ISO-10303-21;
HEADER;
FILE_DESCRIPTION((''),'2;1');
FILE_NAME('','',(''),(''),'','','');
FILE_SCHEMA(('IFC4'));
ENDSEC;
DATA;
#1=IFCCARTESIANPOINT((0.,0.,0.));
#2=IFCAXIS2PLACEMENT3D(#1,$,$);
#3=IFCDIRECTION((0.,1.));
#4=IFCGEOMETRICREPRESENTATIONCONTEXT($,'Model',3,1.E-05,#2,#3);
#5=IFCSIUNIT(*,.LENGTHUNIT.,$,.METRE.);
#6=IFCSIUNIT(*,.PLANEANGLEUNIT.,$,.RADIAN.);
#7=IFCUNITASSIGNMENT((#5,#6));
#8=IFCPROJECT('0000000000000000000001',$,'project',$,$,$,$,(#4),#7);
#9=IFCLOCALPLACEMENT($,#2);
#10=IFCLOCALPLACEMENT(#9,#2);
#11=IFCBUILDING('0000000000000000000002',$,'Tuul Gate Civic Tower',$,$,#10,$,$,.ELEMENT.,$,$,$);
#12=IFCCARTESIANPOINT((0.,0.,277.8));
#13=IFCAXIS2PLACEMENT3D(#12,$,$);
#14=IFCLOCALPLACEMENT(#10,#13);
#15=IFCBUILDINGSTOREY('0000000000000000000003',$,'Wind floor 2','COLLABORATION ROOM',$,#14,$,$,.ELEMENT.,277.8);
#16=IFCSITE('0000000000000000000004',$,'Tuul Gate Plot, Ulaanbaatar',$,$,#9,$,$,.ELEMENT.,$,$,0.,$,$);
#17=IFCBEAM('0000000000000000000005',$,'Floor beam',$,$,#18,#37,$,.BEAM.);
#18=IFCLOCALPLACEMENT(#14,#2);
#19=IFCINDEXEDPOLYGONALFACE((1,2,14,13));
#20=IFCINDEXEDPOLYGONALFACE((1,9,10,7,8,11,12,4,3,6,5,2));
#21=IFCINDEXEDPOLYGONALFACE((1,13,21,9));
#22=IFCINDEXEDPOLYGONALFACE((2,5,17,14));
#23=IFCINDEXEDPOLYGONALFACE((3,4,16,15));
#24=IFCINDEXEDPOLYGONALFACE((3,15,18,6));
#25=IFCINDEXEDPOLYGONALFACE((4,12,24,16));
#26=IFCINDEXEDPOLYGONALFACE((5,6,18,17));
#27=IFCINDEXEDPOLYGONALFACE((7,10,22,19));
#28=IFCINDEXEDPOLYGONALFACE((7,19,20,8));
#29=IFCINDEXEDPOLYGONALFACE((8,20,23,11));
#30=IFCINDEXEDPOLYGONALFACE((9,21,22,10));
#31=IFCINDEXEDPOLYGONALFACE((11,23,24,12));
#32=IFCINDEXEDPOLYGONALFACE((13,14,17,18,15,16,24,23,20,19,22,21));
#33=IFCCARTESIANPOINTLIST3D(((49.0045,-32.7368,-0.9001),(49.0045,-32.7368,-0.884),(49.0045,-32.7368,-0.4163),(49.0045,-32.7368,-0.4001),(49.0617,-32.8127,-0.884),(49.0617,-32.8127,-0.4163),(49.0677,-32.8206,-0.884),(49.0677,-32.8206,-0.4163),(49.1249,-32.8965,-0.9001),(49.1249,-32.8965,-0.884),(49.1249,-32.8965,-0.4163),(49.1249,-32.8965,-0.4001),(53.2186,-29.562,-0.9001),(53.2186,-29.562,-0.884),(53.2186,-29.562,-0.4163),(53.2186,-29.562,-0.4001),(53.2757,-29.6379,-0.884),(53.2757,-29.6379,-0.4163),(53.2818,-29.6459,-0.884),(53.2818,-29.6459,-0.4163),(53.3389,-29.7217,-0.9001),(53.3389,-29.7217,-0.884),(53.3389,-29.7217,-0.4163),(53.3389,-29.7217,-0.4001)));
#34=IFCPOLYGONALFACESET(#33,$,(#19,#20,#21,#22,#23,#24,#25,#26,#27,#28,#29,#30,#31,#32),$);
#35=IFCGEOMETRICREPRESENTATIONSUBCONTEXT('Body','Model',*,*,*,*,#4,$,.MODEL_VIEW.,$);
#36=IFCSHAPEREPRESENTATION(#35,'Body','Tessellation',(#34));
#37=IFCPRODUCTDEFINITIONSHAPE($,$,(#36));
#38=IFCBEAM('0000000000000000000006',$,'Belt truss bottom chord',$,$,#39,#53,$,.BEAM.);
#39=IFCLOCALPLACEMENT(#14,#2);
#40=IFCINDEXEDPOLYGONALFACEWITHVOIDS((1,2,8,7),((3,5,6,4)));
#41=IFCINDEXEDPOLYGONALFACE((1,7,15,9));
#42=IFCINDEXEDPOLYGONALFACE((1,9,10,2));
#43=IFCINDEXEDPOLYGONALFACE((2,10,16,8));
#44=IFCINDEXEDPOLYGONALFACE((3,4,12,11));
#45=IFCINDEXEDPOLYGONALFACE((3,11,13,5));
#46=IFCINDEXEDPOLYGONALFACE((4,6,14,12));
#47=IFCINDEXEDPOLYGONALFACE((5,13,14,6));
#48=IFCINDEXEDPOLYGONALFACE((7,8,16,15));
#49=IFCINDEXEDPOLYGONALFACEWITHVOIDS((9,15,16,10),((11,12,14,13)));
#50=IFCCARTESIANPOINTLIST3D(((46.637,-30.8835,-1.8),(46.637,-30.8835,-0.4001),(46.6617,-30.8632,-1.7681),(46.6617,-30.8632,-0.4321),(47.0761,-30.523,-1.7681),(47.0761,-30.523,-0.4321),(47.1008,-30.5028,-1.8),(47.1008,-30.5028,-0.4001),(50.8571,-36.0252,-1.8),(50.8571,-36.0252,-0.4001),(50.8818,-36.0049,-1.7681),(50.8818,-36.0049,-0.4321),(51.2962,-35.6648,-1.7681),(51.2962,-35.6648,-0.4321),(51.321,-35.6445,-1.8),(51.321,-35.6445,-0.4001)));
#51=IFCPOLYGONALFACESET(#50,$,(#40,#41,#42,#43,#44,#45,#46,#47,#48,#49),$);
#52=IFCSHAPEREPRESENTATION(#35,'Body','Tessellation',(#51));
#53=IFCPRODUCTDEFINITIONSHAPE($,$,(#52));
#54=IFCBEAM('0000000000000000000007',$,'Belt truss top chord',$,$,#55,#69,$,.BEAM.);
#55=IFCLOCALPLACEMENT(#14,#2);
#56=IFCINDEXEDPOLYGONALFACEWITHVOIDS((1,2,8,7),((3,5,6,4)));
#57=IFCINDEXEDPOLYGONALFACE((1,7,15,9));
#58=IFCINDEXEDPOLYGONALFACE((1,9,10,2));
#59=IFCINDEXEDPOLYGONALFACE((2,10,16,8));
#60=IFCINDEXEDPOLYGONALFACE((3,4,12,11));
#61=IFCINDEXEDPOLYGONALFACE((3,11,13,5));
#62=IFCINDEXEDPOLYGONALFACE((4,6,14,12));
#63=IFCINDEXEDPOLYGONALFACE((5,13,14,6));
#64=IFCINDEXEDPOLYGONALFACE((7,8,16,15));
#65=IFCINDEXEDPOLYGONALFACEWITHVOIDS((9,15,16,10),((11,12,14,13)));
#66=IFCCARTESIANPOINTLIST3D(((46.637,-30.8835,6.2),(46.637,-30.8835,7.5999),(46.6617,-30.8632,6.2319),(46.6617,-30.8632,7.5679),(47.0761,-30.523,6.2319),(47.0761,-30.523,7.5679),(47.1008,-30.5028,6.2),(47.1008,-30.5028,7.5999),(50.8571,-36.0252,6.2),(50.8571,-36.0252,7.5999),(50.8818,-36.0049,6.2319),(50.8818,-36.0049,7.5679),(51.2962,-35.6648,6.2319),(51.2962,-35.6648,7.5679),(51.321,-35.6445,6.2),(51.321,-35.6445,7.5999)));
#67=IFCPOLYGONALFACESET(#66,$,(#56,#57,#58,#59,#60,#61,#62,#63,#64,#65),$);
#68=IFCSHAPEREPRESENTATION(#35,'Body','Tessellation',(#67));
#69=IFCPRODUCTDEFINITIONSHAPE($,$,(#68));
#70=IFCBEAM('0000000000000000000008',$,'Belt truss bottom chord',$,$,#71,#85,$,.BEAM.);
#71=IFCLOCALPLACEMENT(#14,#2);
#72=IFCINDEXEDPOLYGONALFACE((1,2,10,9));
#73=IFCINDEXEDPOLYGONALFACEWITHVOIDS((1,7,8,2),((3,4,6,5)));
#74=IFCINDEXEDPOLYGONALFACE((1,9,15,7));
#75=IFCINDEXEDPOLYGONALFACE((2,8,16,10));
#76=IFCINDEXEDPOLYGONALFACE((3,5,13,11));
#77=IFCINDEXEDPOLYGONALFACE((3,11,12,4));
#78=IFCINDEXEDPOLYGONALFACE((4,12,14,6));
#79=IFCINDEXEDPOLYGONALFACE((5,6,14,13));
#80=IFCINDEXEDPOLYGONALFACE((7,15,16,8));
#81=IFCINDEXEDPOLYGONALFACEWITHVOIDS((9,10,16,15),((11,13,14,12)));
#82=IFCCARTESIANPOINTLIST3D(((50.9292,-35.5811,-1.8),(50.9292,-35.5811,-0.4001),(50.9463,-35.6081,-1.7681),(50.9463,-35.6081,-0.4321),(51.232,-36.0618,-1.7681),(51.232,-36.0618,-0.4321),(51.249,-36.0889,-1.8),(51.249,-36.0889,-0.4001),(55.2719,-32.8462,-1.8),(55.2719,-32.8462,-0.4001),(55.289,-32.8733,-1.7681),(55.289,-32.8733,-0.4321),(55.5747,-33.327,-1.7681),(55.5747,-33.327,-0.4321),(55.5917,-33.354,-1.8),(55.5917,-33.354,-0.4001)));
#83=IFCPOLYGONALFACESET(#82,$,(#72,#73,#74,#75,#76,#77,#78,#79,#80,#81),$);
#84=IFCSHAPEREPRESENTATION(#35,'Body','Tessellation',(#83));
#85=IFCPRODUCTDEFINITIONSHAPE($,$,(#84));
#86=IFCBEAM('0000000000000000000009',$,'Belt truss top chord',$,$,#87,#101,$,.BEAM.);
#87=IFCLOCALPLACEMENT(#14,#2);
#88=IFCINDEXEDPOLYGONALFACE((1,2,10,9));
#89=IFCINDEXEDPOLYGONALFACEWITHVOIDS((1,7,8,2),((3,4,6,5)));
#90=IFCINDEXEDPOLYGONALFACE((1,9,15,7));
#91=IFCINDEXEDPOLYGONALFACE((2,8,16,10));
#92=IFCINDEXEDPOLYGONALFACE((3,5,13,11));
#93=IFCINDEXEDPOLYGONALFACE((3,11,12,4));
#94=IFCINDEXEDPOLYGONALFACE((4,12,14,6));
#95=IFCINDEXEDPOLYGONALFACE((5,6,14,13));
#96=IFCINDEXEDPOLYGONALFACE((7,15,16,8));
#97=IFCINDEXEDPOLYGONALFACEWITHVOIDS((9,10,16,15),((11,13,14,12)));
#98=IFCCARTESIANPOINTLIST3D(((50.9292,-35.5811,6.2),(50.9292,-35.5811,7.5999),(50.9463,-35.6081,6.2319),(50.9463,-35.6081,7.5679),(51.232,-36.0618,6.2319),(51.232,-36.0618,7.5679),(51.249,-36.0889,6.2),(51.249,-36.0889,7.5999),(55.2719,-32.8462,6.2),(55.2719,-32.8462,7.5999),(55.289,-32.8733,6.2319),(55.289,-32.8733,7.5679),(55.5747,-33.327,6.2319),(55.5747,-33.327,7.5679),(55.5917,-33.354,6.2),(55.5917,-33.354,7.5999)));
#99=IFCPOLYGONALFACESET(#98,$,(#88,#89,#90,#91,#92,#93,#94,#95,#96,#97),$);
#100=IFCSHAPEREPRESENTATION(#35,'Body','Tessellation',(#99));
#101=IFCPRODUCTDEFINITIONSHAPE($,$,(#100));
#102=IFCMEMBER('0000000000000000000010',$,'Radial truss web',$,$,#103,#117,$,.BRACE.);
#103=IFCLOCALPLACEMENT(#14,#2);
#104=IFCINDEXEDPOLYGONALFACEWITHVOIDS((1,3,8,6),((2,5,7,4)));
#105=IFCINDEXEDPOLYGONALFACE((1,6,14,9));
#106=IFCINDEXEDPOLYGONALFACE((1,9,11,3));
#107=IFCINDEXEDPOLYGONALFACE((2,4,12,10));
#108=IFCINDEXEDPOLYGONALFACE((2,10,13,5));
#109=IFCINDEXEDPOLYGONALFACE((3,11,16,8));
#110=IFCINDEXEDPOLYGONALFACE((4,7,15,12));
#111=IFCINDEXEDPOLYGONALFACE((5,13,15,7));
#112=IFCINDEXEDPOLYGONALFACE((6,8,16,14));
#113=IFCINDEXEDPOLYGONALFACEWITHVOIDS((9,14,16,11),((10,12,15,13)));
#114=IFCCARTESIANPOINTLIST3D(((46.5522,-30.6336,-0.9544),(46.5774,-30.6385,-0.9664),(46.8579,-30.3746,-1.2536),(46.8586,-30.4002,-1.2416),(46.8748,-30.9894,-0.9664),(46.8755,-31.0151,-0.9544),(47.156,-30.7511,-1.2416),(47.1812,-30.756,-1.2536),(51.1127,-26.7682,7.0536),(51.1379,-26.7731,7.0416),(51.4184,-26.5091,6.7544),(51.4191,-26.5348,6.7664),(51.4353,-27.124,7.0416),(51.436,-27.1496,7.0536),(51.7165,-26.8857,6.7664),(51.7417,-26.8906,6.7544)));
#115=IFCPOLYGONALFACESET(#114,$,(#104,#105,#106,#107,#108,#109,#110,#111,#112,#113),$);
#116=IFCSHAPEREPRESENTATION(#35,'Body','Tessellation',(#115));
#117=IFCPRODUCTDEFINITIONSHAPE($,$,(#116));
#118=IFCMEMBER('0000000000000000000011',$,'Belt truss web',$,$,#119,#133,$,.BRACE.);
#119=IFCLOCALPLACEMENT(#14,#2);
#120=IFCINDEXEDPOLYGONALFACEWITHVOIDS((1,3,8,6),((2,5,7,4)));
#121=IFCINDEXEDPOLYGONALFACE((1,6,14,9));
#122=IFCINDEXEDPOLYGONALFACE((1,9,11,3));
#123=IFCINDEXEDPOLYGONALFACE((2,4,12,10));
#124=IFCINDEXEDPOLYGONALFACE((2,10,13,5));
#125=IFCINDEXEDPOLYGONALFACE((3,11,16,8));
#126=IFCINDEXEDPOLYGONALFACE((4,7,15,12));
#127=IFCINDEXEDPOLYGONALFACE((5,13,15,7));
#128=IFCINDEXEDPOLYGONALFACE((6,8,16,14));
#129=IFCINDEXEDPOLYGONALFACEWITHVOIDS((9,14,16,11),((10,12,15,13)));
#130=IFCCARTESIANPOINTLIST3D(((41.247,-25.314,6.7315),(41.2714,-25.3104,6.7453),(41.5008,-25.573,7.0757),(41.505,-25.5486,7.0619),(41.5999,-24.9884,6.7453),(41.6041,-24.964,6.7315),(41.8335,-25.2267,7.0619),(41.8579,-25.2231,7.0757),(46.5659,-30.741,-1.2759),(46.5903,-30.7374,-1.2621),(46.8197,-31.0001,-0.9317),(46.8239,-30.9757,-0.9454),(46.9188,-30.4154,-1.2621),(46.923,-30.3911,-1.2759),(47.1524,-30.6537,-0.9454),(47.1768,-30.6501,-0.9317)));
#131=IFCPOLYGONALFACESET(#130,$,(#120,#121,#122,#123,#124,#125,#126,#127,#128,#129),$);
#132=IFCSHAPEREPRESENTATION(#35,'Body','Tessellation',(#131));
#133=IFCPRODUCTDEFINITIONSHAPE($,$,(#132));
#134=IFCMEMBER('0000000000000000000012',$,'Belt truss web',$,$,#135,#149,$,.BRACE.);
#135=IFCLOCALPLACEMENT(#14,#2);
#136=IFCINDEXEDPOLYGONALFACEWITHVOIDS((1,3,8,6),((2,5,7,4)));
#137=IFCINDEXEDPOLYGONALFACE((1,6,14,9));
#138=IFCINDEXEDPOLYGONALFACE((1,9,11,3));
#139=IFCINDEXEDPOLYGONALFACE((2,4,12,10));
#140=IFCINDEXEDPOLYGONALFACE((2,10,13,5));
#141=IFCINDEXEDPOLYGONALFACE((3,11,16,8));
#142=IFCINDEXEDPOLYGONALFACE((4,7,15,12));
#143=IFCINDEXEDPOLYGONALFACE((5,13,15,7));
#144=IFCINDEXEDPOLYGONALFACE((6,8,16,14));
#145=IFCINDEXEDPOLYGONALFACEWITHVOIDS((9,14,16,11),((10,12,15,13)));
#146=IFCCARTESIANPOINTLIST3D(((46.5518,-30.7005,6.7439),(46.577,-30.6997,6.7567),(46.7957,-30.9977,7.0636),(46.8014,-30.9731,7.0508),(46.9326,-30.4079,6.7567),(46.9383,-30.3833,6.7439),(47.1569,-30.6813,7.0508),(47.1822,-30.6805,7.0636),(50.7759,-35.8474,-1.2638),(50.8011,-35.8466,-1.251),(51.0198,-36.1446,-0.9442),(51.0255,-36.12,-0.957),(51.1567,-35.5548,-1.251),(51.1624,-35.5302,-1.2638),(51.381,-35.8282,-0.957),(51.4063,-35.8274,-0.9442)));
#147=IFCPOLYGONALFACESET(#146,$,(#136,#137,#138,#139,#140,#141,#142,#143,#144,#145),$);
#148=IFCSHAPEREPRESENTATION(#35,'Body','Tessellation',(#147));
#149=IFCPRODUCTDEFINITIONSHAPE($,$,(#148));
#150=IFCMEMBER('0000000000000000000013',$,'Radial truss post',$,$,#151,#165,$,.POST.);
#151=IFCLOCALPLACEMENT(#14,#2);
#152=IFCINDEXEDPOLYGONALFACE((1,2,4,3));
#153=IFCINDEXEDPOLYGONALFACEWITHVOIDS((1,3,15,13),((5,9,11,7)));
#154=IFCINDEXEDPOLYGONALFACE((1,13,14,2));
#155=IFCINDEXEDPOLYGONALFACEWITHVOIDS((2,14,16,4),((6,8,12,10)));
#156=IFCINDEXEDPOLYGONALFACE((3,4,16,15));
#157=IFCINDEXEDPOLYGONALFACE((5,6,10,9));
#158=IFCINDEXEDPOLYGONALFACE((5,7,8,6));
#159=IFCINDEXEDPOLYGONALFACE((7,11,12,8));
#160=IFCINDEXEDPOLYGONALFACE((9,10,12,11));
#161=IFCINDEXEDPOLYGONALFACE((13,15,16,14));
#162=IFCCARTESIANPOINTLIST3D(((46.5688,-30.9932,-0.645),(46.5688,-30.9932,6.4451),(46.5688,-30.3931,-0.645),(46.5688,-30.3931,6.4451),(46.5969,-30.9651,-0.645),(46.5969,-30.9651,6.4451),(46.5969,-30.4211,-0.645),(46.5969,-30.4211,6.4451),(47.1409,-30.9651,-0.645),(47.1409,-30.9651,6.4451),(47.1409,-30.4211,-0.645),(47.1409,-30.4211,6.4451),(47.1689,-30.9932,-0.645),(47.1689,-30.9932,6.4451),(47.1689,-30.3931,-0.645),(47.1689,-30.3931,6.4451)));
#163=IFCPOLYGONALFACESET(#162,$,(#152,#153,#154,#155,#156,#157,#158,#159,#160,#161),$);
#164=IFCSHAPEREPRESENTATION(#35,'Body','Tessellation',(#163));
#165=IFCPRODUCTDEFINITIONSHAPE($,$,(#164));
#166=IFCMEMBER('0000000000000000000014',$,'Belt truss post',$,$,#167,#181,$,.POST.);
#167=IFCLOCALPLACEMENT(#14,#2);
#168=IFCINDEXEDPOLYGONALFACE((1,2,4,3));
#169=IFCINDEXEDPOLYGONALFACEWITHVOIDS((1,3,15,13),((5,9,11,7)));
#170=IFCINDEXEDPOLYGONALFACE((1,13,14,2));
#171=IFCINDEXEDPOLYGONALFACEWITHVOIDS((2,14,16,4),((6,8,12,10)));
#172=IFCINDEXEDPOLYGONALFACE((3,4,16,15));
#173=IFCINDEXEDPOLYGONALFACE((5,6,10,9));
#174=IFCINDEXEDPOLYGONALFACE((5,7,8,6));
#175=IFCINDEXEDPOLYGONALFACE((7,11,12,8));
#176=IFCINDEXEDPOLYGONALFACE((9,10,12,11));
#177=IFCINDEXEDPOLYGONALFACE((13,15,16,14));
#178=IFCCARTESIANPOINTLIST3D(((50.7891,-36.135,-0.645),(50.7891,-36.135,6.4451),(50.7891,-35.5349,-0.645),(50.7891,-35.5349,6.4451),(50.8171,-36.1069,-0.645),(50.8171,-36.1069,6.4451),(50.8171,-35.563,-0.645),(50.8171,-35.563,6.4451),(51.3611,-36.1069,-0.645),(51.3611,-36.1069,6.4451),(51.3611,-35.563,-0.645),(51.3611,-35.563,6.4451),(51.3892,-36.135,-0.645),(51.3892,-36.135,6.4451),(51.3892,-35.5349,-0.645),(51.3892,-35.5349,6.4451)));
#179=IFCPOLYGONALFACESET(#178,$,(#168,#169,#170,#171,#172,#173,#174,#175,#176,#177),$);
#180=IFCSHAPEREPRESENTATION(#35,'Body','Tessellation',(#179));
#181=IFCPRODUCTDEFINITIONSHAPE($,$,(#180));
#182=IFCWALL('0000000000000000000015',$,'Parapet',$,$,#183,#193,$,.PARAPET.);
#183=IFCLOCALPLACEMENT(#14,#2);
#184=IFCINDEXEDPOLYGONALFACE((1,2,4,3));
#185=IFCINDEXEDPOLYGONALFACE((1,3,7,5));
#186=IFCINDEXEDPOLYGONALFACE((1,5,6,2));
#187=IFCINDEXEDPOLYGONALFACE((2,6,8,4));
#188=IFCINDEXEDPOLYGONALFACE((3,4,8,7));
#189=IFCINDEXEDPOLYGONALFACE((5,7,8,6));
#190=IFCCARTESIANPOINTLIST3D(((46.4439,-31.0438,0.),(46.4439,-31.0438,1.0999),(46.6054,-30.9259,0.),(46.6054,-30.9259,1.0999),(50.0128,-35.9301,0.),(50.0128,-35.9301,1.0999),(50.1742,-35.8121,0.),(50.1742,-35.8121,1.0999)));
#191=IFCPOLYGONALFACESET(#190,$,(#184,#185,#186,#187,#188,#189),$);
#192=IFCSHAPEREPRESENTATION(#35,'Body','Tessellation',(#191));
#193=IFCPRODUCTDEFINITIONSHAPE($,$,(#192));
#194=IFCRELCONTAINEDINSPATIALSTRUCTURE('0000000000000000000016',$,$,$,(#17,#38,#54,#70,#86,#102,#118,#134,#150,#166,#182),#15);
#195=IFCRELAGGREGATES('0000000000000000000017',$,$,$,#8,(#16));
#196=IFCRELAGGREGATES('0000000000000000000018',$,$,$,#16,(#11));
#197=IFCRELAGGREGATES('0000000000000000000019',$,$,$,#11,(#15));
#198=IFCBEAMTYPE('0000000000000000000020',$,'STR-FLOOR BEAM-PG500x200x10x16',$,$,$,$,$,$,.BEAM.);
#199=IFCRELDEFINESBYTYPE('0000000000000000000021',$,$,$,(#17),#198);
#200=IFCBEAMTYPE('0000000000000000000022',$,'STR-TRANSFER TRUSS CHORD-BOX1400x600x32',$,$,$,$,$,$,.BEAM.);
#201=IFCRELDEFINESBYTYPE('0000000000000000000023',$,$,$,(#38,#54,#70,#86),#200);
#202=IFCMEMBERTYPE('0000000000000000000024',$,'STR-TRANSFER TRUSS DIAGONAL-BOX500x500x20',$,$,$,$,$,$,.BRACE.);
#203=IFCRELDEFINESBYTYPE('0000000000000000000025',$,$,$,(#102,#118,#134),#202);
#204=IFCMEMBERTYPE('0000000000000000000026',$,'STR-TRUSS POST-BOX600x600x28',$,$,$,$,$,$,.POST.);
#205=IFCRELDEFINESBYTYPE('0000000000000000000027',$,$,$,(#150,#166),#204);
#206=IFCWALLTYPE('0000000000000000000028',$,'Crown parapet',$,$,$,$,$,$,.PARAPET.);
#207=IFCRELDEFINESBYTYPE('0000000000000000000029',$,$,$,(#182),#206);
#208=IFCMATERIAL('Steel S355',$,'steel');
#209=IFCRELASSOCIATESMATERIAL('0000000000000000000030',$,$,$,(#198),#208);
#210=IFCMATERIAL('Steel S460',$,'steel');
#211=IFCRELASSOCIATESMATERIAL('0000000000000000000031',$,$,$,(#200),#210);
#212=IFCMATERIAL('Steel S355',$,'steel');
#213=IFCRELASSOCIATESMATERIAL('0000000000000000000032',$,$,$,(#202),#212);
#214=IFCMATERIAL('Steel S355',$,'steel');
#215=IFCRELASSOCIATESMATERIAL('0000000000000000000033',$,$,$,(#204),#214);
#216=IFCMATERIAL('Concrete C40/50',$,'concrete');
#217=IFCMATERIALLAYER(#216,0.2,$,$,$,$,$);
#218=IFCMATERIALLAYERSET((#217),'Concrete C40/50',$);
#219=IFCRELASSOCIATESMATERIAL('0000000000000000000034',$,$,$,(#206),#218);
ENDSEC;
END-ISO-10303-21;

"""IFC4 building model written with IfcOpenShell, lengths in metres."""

from ifc_helpers import new_model, si_unit, direction, frame, frame_2d, origin, origin_2d, place, context, subcontext, project, spatial, rectangle, hollow_rectangle, i_section, extrude, material, layer, layer_set, material_profile, profile_set, type_object, element, save


model = new_model("IFC4")

# Units and contexts
model_context = context("Model", 3, precision=1e-05, world=origin(), true_north=direction((0.0, 1.0)))
body_context = subcontext(model_context, "Body", "Model", "MODEL_VIEW")
ifc_project = project(units=[si_unit("LENGTHUNIT", "METRE"), si_unit("PLANEANGLEUNIT", "RADIAN")], contexts=[model_context])

# Site, building, storey
site_placement = place(None, origin())
site = spatial("IfcSite", under=ifc_project, at=site_placement, Name="Tuul Gate Plot, Ulaanbaatar", CompositionType="ELEMENT", RefElevation=0.0)
building_placement = place(site_placement, origin())
building = spatial("IfcBuilding", under=site, at=building_placement, Name="Tuul Gate Civic Tower", CompositionType="ELEMENT")
storey_placement = place(building_placement, frame((0.0, 0.0, 277.8)))
storey = spatial("IfcBuildingStorey", under=building, at=storey_placement, Name="Wind floor 2", Description="COLLABORATION ROOM", CompositionType="ELEMENT", Elevation=277.8)

# Beams
ifc_material_1 = material(Name="Steel S355", Category="steel")
ifc_material_profile_1 = material_profile(ifc_material_1, i_section(OverallWidth=0.2, OverallDepth=0.5, WebThickness=0.01, FlangeThickness=0.0161, at=origin_2d()), Name="PG500x200x10x16")
ifc_profile_set_1 = profile_set([ifc_material_profile_1], Name="Steel S355")
beam_type_1 = type_object("IfcBeamType", Name="STR-FLOOR BEAM-PG500x200x10x16", PredefinedType="BEAM", material=ifc_profile_set_1)
beam_placement = place(storey_placement, frame((49.0647, -32.8167, -0.6501), z_axis=(0.798704, 0.601724, 0.0), x_axis=(-0.601724, 0.798704, 0.0)))
element("IfcBeam", 1, at=beam_placement, inside=storey, type_object=beam_type_1, Name="Floor beam", PredefinedType="BEAM", context=body_context, shape_type="SweptSolid", body=[
    extrude(i_section(OverallWidth=0.2, OverallDepth=0.5, WebThickness=0.01, FlangeThickness=0.0161, at=origin_2d()), origin(), (0.0, 0.0, 1.0), 5.2761),
])
ifc_material_2 = material(Name="Steel S460", Category="steel")
ifc_material_profile_2 = material_profile(ifc_material_2, hollow_rectangle(XDim=0.6001, YDim=1.3999, WallThickness=0.032, at=origin_2d()), Name="BOX1400x600x32")
ifc_profile_set_2 = profile_set([ifc_material_profile_2], Name="Steel S460")
beam_type_2 = type_object("IfcBeamType", Name="STR-TRANSFER TRUSS CHORD-BOX1400x600x32", PredefinedType="BEAM", material=ifc_profile_set_2)
for number, where, z_axis, x_axis, name in (
    (2, (46.8689, -30.6931, -1.1001), (0.63443, -0.77298, 0.0), (0.77298, 0.63443, 0.0), "Belt truss bottom chord"),
    (3, (46.8689, -30.6931, 6.8999), (0.63443, -0.77298, 0.0), (0.77298, 0.63443, 0.0), "Belt truss top chord"),
):
    element("IfcBeam", number, at=place(storey_placement, frame(where, z_axis=z_axis, x_axis=x_axis)), inside=storey, type_object=beam_type_2, Name=name, PredefinedType="BEAM", context=body_context, shape_type="SweptSolid", body=[
        extrude(hollow_rectangle(XDim=0.6001, YDim=1.3999, WallThickness=0.032, at=origin_2d()), origin(), (0.0, 0.0, 1.0), 6.6519),
    ])
for number, where, z_axis, x_axis, name in (
    (4, (51.0891, -35.835, -1.1001), (0.846187, 0.532886, 0.0), (-0.532886, 0.846187, 0.0), "Belt truss bottom chord"),
    (5, (51.0891, -35.835, 6.8999), (0.846187, 0.532886, 0.0), (-0.532886, 0.846187, 0.0), "Belt truss top chord"),
):
    element("IfcBeam", number, at=place(storey_placement, frame(where, z_axis=z_axis, x_axis=x_axis)), inside=storey, type_object=beam_type_2, Name=name, PredefinedType="BEAM", context=body_context, shape_type="SweptSolid", body=[
        extrude(hollow_rectangle(XDim=0.6001, YDim=1.3999, WallThickness=0.032, at=origin_2d()), origin(), (0.0, 0.0, 1.0), 5.1321),
    ])

# Members
ifc_material_3 = material(Name="Steel S355", Category="steel")
ifc_material_profile_3 = material_profile(ifc_material_3, hollow_rectangle(XDim=0.5, YDim=0.5, WallThickness=0.02, at=origin_2d()), Name="BOX500x500x20")
ifc_profile_set_3 = profile_set([ifc_material_profile_3], Name="Steel S355")
member_type_1 = type_object("IfcMemberType", Name="STR-TRANSFER TRUSS DIAGONAL-BOX500x500x20", PredefinedType="BRACE", material=ifc_profile_set_3)
member_1_placement = place(storey_placement, frame((46.8667, -30.6948, -1.104), z_axis=(0.456353, 0.3868, 0.801329), x_axis=(-0.646581, 0.762845, 0.0)))
element("IfcMember", 6, at=member_1_placement, inside=storey, type_object=member_type_1, Name="Radial truss web", PredefinedType="BRACE", context=body_context, shape_type="SweptSolid", body=[
    extrude(hollow_rectangle(XDim=0.5, YDim=0.5, WallThickness=0.02, at=origin_2d()), origin(), (0.0, 0.0, 1.0), 9.9934),
])
member_2_placement = place(storey_placement, frame((46.8713, -30.6956, -1.1038), z_axis=(-0.481823, 0.49162, 0.725366), x_axis=(-0.714187, -0.699954, 0.0)))
element("IfcMember", 7, at=member_2_placement, inside=storey, type_object=member_type_1, Name="Belt truss web", PredefinedType="BRACE", context=body_context, shape_type="SweptSolid", body=[
    extrude(hollow_rectangle(XDim=0.5, YDim=0.5, WallThickness=0.02, at=origin_2d()), origin(), (0.0, 0.0, 1.0), 11.0391),
])
member_3_placement = place(storey_placement, frame((51.0911, -35.8374, -1.104), z_axis=(-0.405604, 0.494217, 0.768918), x_axis=(-0.773002, -0.634403, 0.0)))
element("IfcMember", 8, at=member_3_placement, inside=storey, type_object=member_type_1, Name="Belt truss web", PredefinedType="BRACE", context=body_context, shape_type="SweptSolid", body=[
    extrude(hollow_rectangle(XDim=0.5, YDim=0.5, WallThickness=0.02, at=origin_2d()), origin(), (0.0, 0.0, 1.0), 10.4143),
])
ifc_material_4 = material(Name="Steel S355", Category="steel")
ifc_material_profile_4 = material_profile(ifc_material_4, hollow_rectangle(XDim=0.6001, YDim=0.6001, WallThickness=0.0281, at=origin_2d()), Name="BOX600x600x28")
ifc_profile_set_4 = profile_set([ifc_material_profile_4], Name="Steel S355")
member_type_2 = type_object("IfcMemberType", Name="STR-TRUSS POST-BOX600x600x28", PredefinedType="POST", material=ifc_profile_set_4)
for number, where, z_axis, x_axis, name in (
    (9, (46.8689, -30.6931, -0.645), (0.0, 0.0, 1.0), (1.0, 0.0, 0.0), "Radial truss post"),
    (10, (51.0891, -35.835, -0.645), (0.0, 0.0, 1.0), (1.0, 0.0, 0.0), "Belt truss post"),
):
    element("IfcMember", number, at=place(storey_placement, frame(where, z_axis=z_axis, x_axis=x_axis)), inside=storey, type_object=member_type_2, Name=name, PredefinedType="POST", context=body_context, shape_type="SweptSolid", body=[
        extrude(hollow_rectangle(XDim=0.6001, YDim=0.6001, WallThickness=0.0281, at=origin_2d()), origin(), (0.0, 0.0, 1.0), 7.0901),
    ])

# Wall
ifc_material_5 = material(Name="Concrete C40/50", Category="concrete")
ifc_layer = layer(ifc_material_5, 0.2)
ifc_layer_set = layer_set([ifc_layer], Name="Concrete C40/50")
wall_type = type_object("IfcWallType", Name="Crown parapet", PredefinedType="PARAPET", material=ifc_layer_set)
wall_1_placement = place(storey_placement, frame((46.5247, -30.9849, 0.0), z_axis=(0.0, 0.0, 1.0), x_axis=(0.589816, -0.807537, 0.0)))
element("IfcWall", 11, at=wall_1_placement, inside=storey, type_object=wall_type, Name="Parapet", PredefinedType="PARAPET", context=body_context, shape_type="SweptSolid", body=[
    extrude(rectangle(XDim=6.0508, YDim=0.2, at=frame_2d((3.0254, 0.0))), origin(), (0.0, 0.0, 1.0), 1.0999),
])

save(model, "model.ifc")
